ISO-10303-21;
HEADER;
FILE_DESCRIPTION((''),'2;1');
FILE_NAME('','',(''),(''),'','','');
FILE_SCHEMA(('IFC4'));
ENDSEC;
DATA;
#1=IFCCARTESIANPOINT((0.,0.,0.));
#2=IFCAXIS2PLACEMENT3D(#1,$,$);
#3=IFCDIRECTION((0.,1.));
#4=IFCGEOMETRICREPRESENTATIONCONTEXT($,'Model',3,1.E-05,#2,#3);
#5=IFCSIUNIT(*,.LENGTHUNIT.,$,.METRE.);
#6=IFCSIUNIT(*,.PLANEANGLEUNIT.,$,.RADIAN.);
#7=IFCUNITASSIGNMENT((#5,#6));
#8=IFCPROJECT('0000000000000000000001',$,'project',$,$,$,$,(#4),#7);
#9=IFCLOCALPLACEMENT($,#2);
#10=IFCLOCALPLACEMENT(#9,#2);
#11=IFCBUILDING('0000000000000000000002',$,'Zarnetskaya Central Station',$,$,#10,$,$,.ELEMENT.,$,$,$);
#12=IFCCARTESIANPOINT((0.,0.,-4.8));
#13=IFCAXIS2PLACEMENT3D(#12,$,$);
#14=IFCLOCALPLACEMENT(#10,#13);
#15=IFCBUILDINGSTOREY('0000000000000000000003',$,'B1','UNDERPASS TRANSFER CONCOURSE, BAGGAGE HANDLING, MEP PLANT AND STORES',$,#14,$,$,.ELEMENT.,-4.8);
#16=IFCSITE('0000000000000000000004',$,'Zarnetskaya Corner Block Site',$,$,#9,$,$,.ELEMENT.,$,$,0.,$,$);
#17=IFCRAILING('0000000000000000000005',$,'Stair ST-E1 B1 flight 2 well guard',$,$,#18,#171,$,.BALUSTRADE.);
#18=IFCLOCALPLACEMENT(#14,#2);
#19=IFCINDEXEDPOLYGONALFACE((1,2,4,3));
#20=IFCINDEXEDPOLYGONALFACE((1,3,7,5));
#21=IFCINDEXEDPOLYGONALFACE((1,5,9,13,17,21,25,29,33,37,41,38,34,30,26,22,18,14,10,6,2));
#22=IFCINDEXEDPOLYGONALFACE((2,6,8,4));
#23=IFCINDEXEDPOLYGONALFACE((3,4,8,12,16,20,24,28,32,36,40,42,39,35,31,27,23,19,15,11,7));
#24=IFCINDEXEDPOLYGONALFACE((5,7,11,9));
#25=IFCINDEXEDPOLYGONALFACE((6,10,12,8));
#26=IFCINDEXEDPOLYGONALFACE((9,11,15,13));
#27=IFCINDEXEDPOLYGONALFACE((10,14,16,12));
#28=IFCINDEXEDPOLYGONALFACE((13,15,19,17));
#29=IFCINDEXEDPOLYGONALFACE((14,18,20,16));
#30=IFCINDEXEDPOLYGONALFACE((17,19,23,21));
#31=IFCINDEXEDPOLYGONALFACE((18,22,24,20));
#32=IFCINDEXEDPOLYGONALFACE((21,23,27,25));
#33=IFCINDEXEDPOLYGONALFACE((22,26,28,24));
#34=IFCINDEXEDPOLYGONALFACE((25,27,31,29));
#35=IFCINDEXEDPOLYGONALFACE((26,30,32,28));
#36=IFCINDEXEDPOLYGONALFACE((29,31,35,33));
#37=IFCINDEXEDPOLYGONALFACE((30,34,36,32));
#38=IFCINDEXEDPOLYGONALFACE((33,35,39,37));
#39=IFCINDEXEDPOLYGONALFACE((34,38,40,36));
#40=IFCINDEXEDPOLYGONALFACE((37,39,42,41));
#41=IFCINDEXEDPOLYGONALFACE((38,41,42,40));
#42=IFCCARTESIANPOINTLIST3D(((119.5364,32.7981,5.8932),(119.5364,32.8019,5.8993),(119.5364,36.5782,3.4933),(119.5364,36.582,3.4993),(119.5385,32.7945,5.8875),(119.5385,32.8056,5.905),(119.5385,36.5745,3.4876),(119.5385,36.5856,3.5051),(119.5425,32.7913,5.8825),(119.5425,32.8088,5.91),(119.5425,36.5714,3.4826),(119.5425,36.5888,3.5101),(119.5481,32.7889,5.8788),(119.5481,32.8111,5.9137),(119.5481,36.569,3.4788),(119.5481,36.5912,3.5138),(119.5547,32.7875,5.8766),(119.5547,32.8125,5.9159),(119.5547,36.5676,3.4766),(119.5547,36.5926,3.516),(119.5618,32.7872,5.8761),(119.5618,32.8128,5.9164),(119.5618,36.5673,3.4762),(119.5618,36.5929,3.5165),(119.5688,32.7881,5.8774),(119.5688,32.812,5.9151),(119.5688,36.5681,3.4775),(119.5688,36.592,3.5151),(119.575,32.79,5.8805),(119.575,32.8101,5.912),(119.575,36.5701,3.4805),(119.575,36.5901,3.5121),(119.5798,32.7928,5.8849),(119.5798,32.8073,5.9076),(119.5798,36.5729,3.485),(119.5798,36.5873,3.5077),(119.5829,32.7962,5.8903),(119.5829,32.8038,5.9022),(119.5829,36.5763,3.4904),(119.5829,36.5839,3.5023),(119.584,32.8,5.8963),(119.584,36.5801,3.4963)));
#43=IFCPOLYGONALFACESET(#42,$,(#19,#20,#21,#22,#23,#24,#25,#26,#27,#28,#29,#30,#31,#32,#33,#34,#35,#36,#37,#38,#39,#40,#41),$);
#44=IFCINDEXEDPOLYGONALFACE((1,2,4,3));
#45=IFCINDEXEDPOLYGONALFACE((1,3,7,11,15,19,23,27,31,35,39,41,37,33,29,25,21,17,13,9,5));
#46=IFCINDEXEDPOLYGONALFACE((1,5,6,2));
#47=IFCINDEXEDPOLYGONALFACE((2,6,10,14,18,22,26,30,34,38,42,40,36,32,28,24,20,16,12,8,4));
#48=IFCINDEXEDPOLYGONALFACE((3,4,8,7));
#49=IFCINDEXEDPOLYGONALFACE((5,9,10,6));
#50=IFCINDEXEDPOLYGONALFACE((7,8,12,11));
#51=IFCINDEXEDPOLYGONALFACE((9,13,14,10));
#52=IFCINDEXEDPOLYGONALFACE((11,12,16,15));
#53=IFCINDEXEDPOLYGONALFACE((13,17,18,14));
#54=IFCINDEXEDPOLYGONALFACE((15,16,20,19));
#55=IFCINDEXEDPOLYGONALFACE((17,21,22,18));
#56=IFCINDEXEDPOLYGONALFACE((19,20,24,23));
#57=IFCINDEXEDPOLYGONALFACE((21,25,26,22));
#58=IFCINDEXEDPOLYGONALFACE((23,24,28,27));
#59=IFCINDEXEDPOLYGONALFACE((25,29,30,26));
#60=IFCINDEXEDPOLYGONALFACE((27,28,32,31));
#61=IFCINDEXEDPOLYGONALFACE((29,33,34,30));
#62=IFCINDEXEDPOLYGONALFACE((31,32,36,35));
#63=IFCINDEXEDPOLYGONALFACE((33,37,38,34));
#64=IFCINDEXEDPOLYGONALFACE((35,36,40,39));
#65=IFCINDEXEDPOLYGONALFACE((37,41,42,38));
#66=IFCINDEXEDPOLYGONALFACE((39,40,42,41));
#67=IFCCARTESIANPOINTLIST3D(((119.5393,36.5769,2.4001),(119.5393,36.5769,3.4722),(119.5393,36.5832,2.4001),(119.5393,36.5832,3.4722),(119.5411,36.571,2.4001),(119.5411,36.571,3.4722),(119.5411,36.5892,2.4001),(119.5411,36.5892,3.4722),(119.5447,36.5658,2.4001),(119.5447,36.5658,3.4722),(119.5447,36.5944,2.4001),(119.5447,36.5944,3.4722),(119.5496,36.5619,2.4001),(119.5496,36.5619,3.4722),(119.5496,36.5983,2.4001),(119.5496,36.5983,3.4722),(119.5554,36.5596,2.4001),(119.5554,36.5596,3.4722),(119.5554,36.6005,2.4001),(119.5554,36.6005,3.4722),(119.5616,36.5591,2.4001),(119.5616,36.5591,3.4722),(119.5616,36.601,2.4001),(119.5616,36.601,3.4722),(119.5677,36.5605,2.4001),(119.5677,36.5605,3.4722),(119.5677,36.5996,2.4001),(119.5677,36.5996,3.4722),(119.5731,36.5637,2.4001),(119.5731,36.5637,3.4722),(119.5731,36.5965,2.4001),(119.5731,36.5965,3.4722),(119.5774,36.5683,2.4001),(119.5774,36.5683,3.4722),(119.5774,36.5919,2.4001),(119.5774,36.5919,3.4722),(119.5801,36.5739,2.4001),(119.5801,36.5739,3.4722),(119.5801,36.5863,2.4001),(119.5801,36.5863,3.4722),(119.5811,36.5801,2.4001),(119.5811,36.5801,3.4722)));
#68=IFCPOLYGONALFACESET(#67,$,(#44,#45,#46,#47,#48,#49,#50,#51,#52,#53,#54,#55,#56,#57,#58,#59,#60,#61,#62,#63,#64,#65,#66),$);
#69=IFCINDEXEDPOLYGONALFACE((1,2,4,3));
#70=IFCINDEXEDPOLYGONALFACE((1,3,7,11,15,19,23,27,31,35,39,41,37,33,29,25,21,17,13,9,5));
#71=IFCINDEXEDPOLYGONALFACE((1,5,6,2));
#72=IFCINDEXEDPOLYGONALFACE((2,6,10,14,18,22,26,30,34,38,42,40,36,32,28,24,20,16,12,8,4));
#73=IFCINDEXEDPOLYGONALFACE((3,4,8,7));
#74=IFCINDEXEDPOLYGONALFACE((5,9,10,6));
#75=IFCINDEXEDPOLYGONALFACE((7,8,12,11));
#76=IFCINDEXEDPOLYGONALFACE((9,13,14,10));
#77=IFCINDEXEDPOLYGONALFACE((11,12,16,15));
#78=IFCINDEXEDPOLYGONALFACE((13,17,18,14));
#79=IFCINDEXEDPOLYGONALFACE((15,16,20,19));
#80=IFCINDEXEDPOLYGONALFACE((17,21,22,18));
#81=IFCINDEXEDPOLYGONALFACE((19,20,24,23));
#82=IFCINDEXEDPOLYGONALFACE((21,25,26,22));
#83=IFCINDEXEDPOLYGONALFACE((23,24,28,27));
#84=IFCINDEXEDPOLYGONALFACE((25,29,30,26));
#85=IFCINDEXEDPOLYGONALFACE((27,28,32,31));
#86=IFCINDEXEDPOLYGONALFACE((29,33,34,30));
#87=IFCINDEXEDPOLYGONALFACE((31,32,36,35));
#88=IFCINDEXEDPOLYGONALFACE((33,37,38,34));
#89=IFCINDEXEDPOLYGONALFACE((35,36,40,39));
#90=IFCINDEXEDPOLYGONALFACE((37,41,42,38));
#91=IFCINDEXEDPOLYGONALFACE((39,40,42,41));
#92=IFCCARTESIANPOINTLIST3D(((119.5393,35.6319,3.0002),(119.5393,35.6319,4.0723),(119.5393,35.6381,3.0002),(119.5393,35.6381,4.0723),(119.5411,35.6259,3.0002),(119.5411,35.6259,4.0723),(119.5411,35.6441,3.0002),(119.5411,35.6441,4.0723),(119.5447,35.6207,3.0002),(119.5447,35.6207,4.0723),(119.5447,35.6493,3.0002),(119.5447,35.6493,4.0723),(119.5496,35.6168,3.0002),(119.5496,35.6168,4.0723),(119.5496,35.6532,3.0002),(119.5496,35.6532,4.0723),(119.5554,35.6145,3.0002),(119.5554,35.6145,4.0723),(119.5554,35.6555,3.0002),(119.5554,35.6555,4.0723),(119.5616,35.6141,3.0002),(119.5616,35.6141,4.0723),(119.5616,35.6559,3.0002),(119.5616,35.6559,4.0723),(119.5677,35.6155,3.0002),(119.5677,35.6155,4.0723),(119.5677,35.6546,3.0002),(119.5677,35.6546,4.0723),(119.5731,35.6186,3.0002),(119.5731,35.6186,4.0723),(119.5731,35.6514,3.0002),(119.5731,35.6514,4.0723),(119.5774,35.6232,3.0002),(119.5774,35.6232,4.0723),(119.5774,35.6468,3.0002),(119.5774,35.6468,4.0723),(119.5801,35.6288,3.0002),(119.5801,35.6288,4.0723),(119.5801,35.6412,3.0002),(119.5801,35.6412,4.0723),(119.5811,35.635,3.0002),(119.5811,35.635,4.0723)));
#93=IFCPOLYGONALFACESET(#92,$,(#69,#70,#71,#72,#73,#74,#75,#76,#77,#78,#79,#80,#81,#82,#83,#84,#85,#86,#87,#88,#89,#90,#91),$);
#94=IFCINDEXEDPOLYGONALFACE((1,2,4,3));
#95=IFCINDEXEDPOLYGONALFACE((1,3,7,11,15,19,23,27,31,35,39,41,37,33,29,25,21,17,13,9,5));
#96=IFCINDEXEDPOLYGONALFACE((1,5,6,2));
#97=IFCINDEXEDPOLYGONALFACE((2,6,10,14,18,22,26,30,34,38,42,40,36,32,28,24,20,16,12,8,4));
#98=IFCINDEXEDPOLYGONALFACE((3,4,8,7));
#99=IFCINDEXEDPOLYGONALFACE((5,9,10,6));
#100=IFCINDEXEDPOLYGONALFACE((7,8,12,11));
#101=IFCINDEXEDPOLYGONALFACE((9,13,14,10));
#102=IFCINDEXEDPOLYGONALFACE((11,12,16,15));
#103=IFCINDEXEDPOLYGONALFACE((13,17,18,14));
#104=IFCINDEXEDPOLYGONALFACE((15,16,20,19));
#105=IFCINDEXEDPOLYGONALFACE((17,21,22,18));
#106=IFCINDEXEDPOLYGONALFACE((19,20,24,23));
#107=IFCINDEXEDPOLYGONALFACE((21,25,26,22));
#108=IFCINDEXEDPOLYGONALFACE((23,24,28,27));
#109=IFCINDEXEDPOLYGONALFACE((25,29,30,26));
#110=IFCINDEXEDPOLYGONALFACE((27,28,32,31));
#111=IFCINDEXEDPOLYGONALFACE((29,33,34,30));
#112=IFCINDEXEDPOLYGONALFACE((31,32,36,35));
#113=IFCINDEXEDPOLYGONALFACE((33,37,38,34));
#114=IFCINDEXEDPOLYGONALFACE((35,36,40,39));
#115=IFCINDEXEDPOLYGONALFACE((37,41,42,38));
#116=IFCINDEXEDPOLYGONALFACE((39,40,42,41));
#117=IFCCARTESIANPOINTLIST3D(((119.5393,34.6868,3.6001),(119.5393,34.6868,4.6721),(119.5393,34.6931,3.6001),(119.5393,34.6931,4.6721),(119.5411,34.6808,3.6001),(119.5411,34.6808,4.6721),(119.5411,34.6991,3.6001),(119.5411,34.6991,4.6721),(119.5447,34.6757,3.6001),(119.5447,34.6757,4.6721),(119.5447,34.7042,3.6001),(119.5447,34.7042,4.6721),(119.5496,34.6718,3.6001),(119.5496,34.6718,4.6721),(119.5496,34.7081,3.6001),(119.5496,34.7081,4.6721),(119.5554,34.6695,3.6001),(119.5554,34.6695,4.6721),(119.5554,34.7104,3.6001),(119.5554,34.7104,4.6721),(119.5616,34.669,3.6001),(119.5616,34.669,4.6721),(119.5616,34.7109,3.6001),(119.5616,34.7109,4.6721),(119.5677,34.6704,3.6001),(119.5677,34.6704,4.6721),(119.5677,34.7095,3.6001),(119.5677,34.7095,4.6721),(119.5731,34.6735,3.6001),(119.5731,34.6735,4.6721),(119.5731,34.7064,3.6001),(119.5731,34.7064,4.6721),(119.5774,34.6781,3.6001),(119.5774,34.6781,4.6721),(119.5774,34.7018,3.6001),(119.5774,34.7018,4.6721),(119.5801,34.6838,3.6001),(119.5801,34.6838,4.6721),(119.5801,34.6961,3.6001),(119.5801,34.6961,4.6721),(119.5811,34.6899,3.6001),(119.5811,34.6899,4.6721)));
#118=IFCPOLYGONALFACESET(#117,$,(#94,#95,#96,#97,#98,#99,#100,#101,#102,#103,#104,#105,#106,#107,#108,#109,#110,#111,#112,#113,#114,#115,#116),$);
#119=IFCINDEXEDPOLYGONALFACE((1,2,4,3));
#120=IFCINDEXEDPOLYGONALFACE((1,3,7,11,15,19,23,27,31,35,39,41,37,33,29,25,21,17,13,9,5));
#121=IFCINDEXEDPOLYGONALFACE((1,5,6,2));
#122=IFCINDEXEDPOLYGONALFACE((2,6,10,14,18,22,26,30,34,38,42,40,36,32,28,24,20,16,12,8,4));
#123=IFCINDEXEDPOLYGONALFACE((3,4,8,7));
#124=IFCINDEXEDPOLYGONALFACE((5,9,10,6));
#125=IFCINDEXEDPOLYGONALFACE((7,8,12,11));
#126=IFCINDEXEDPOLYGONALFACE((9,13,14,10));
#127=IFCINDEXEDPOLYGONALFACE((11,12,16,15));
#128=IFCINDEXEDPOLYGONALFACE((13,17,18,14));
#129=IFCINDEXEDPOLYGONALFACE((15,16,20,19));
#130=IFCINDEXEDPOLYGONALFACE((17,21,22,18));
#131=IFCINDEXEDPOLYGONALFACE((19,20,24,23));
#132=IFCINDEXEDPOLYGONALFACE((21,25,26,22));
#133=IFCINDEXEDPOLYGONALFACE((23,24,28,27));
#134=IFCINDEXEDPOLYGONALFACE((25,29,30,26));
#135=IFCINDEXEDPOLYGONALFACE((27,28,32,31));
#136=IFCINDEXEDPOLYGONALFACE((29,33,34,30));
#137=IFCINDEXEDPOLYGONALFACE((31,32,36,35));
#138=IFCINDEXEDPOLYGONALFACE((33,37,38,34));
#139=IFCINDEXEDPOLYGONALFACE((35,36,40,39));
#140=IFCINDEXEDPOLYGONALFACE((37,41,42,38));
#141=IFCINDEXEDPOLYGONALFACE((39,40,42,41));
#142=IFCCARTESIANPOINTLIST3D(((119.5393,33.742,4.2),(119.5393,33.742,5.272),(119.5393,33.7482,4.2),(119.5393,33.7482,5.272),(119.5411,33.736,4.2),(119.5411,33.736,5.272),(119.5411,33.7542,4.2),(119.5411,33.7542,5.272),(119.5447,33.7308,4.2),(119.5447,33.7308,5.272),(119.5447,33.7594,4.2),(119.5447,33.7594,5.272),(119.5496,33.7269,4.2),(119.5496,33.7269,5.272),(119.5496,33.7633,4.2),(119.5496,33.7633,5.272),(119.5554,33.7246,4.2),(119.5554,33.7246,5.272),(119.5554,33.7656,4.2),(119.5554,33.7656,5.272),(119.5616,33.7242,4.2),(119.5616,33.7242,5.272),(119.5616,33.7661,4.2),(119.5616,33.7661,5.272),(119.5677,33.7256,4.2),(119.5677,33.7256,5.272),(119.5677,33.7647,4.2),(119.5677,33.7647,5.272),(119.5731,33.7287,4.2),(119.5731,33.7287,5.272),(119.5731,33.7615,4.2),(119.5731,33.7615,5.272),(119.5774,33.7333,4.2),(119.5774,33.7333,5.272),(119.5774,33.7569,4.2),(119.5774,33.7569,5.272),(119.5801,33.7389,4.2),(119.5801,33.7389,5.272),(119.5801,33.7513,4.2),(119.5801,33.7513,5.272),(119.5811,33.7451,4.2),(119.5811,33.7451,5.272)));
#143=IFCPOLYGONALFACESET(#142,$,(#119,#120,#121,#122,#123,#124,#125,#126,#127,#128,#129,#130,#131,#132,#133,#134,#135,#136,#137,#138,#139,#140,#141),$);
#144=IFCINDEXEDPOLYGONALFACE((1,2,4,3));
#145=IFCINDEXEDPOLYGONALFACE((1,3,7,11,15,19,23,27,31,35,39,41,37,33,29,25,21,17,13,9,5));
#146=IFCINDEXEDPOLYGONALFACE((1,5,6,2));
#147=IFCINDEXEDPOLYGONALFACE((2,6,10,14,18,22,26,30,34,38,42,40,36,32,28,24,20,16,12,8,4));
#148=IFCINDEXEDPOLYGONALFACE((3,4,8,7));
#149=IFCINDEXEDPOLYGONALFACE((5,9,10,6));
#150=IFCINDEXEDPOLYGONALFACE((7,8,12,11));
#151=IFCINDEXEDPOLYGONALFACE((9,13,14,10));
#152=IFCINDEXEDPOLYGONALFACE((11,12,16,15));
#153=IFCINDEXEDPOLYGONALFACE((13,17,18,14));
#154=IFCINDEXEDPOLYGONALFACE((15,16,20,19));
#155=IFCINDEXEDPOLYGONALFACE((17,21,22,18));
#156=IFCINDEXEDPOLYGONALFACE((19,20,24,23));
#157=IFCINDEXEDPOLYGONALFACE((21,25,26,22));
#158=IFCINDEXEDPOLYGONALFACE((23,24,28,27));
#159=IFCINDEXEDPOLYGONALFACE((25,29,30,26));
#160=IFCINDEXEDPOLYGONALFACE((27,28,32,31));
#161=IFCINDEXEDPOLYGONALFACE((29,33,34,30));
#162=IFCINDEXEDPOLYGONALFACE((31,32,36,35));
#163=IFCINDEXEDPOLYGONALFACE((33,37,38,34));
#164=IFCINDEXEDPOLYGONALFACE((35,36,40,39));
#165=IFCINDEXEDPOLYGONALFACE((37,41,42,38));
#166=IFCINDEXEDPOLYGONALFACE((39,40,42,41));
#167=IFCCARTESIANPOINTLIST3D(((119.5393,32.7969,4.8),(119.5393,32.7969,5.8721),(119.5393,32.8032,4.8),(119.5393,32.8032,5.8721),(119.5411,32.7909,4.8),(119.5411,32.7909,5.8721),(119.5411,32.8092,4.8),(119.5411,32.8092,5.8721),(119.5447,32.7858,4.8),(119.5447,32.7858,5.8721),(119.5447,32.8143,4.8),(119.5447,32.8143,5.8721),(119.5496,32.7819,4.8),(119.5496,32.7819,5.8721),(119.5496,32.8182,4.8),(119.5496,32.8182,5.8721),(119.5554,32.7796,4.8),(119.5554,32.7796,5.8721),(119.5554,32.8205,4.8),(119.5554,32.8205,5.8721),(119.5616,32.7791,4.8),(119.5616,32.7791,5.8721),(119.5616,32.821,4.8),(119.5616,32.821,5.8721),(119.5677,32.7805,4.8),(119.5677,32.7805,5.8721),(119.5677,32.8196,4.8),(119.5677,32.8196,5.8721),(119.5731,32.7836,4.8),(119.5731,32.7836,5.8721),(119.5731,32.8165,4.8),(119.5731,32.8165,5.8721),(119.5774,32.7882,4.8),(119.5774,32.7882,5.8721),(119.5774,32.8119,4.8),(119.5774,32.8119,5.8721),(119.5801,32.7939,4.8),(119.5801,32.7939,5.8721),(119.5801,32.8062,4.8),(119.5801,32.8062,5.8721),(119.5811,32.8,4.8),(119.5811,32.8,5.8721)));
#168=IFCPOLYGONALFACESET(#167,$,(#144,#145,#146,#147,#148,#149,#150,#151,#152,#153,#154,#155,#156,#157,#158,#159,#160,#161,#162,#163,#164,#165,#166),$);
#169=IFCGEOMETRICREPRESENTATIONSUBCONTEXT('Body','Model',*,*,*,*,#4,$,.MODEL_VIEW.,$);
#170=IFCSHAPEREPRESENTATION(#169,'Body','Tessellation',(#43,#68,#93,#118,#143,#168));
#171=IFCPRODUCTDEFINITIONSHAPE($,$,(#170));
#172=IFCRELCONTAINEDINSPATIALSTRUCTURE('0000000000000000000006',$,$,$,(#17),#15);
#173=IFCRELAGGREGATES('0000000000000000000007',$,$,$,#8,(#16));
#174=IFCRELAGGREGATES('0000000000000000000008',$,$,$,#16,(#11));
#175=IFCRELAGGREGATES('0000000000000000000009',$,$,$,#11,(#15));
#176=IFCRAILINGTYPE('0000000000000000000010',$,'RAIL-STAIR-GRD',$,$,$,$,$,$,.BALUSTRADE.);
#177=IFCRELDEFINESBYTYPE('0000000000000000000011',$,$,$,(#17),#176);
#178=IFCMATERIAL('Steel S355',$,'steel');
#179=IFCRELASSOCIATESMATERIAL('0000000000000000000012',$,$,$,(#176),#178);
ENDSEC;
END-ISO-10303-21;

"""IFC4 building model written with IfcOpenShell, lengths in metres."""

from ifc_helpers import new_model, si_unit, direction, frame, origin, origin_2d, place, context, subcontext, project, spatial, circle, extrude, material, type_object, element, save


model = new_model("IFC4")

# Units and contexts
model_context = context("Model", 3, precision=1e-05, world=origin(), true_north=direction((0.0, 1.0)))
body_context = subcontext(model_context, "Body", "Model", "MODEL_VIEW")
ifc_project = project(units=[si_unit("LENGTHUNIT", "METRE"), si_unit("PLANEANGLEUNIT", "RADIAN")], contexts=[model_context])

# Site, building, storey
site_placement = place(None, origin())
site = spatial("IfcSite", under=ifc_project, at=site_placement, Name="Zarnetskaya Corner Block Site", CompositionType="ELEMENT", RefElevation=0.0)
building_placement = place(site_placement, origin())
building = spatial("IfcBuilding", under=site, at=building_placement, Name="Zarnetskaya Central Station", CompositionType="ELEMENT")
storey_placement = place(building_placement, frame((0.0, 0.0, -4.8)))
storey = spatial("IfcBuildingStorey", under=building, at=storey_placement, Name="B1", Description="UNDERPASS TRANSFER CONCOURSE, BAGGAGE HANDLING, MEP PLANT AND STORES", CompositionType="ELEMENT", Elevation=-4.8)

# Railing
ifc_material_1 = material(Name="Steel S355", Category="steel")
railing_type_1 = type_object("IfcRailingType", Name="RAIL-STAIR-GRD", PredefinedType="BALUSTRADE", material=ifc_material_1)
railing_1_placement = place(storey_placement, frame((119.5601, 36.5801, 2.4001)))
element("IfcRailing", 1, at=railing_1_placement, inside=storey, type_object=railing_type_1, Name="Stair ST-E1 B1 flight 2 well guard", PredefinedType="BALUSTRADE", context=body_context, shape_type="SweptSolid", body=[
    extrude(circle(Radius=0.0239, at=origin_2d()), frame((0.0, 0.0, 1.0962), z_axis=(0.0, -0.844225, 0.53599), x_axis=(1.0, 0.0, 0.0)), (0.0, 0.0, 1.0), 4.4775),
    extrude(circle(Radius=0.021, at=origin_2d()), origin(), (0.0, 0.0, 1.0), 1.072),
    extrude(circle(Radius=0.021, at=origin_2d()), frame((0.0, -0.9451, 0.6001)), (0.0, 0.0, 1.0), 1.072),
    extrude(circle(Radius=0.021, at=origin_2d()), frame((0.0, -1.8901, 1.2)), (0.0, 0.0, 1.0), 1.072),
    extrude(circle(Radius=0.021, at=origin_2d()), frame((0.0, -2.835, 1.7998)), (0.0, 0.0, 1.0), 1.072),
    extrude(circle(Radius=0.021, at=origin_2d()), frame((0.0, -3.78, 2.3999)), (0.0, 0.0, 1.0), 1.072),
])

save(model, "model.ifc")
